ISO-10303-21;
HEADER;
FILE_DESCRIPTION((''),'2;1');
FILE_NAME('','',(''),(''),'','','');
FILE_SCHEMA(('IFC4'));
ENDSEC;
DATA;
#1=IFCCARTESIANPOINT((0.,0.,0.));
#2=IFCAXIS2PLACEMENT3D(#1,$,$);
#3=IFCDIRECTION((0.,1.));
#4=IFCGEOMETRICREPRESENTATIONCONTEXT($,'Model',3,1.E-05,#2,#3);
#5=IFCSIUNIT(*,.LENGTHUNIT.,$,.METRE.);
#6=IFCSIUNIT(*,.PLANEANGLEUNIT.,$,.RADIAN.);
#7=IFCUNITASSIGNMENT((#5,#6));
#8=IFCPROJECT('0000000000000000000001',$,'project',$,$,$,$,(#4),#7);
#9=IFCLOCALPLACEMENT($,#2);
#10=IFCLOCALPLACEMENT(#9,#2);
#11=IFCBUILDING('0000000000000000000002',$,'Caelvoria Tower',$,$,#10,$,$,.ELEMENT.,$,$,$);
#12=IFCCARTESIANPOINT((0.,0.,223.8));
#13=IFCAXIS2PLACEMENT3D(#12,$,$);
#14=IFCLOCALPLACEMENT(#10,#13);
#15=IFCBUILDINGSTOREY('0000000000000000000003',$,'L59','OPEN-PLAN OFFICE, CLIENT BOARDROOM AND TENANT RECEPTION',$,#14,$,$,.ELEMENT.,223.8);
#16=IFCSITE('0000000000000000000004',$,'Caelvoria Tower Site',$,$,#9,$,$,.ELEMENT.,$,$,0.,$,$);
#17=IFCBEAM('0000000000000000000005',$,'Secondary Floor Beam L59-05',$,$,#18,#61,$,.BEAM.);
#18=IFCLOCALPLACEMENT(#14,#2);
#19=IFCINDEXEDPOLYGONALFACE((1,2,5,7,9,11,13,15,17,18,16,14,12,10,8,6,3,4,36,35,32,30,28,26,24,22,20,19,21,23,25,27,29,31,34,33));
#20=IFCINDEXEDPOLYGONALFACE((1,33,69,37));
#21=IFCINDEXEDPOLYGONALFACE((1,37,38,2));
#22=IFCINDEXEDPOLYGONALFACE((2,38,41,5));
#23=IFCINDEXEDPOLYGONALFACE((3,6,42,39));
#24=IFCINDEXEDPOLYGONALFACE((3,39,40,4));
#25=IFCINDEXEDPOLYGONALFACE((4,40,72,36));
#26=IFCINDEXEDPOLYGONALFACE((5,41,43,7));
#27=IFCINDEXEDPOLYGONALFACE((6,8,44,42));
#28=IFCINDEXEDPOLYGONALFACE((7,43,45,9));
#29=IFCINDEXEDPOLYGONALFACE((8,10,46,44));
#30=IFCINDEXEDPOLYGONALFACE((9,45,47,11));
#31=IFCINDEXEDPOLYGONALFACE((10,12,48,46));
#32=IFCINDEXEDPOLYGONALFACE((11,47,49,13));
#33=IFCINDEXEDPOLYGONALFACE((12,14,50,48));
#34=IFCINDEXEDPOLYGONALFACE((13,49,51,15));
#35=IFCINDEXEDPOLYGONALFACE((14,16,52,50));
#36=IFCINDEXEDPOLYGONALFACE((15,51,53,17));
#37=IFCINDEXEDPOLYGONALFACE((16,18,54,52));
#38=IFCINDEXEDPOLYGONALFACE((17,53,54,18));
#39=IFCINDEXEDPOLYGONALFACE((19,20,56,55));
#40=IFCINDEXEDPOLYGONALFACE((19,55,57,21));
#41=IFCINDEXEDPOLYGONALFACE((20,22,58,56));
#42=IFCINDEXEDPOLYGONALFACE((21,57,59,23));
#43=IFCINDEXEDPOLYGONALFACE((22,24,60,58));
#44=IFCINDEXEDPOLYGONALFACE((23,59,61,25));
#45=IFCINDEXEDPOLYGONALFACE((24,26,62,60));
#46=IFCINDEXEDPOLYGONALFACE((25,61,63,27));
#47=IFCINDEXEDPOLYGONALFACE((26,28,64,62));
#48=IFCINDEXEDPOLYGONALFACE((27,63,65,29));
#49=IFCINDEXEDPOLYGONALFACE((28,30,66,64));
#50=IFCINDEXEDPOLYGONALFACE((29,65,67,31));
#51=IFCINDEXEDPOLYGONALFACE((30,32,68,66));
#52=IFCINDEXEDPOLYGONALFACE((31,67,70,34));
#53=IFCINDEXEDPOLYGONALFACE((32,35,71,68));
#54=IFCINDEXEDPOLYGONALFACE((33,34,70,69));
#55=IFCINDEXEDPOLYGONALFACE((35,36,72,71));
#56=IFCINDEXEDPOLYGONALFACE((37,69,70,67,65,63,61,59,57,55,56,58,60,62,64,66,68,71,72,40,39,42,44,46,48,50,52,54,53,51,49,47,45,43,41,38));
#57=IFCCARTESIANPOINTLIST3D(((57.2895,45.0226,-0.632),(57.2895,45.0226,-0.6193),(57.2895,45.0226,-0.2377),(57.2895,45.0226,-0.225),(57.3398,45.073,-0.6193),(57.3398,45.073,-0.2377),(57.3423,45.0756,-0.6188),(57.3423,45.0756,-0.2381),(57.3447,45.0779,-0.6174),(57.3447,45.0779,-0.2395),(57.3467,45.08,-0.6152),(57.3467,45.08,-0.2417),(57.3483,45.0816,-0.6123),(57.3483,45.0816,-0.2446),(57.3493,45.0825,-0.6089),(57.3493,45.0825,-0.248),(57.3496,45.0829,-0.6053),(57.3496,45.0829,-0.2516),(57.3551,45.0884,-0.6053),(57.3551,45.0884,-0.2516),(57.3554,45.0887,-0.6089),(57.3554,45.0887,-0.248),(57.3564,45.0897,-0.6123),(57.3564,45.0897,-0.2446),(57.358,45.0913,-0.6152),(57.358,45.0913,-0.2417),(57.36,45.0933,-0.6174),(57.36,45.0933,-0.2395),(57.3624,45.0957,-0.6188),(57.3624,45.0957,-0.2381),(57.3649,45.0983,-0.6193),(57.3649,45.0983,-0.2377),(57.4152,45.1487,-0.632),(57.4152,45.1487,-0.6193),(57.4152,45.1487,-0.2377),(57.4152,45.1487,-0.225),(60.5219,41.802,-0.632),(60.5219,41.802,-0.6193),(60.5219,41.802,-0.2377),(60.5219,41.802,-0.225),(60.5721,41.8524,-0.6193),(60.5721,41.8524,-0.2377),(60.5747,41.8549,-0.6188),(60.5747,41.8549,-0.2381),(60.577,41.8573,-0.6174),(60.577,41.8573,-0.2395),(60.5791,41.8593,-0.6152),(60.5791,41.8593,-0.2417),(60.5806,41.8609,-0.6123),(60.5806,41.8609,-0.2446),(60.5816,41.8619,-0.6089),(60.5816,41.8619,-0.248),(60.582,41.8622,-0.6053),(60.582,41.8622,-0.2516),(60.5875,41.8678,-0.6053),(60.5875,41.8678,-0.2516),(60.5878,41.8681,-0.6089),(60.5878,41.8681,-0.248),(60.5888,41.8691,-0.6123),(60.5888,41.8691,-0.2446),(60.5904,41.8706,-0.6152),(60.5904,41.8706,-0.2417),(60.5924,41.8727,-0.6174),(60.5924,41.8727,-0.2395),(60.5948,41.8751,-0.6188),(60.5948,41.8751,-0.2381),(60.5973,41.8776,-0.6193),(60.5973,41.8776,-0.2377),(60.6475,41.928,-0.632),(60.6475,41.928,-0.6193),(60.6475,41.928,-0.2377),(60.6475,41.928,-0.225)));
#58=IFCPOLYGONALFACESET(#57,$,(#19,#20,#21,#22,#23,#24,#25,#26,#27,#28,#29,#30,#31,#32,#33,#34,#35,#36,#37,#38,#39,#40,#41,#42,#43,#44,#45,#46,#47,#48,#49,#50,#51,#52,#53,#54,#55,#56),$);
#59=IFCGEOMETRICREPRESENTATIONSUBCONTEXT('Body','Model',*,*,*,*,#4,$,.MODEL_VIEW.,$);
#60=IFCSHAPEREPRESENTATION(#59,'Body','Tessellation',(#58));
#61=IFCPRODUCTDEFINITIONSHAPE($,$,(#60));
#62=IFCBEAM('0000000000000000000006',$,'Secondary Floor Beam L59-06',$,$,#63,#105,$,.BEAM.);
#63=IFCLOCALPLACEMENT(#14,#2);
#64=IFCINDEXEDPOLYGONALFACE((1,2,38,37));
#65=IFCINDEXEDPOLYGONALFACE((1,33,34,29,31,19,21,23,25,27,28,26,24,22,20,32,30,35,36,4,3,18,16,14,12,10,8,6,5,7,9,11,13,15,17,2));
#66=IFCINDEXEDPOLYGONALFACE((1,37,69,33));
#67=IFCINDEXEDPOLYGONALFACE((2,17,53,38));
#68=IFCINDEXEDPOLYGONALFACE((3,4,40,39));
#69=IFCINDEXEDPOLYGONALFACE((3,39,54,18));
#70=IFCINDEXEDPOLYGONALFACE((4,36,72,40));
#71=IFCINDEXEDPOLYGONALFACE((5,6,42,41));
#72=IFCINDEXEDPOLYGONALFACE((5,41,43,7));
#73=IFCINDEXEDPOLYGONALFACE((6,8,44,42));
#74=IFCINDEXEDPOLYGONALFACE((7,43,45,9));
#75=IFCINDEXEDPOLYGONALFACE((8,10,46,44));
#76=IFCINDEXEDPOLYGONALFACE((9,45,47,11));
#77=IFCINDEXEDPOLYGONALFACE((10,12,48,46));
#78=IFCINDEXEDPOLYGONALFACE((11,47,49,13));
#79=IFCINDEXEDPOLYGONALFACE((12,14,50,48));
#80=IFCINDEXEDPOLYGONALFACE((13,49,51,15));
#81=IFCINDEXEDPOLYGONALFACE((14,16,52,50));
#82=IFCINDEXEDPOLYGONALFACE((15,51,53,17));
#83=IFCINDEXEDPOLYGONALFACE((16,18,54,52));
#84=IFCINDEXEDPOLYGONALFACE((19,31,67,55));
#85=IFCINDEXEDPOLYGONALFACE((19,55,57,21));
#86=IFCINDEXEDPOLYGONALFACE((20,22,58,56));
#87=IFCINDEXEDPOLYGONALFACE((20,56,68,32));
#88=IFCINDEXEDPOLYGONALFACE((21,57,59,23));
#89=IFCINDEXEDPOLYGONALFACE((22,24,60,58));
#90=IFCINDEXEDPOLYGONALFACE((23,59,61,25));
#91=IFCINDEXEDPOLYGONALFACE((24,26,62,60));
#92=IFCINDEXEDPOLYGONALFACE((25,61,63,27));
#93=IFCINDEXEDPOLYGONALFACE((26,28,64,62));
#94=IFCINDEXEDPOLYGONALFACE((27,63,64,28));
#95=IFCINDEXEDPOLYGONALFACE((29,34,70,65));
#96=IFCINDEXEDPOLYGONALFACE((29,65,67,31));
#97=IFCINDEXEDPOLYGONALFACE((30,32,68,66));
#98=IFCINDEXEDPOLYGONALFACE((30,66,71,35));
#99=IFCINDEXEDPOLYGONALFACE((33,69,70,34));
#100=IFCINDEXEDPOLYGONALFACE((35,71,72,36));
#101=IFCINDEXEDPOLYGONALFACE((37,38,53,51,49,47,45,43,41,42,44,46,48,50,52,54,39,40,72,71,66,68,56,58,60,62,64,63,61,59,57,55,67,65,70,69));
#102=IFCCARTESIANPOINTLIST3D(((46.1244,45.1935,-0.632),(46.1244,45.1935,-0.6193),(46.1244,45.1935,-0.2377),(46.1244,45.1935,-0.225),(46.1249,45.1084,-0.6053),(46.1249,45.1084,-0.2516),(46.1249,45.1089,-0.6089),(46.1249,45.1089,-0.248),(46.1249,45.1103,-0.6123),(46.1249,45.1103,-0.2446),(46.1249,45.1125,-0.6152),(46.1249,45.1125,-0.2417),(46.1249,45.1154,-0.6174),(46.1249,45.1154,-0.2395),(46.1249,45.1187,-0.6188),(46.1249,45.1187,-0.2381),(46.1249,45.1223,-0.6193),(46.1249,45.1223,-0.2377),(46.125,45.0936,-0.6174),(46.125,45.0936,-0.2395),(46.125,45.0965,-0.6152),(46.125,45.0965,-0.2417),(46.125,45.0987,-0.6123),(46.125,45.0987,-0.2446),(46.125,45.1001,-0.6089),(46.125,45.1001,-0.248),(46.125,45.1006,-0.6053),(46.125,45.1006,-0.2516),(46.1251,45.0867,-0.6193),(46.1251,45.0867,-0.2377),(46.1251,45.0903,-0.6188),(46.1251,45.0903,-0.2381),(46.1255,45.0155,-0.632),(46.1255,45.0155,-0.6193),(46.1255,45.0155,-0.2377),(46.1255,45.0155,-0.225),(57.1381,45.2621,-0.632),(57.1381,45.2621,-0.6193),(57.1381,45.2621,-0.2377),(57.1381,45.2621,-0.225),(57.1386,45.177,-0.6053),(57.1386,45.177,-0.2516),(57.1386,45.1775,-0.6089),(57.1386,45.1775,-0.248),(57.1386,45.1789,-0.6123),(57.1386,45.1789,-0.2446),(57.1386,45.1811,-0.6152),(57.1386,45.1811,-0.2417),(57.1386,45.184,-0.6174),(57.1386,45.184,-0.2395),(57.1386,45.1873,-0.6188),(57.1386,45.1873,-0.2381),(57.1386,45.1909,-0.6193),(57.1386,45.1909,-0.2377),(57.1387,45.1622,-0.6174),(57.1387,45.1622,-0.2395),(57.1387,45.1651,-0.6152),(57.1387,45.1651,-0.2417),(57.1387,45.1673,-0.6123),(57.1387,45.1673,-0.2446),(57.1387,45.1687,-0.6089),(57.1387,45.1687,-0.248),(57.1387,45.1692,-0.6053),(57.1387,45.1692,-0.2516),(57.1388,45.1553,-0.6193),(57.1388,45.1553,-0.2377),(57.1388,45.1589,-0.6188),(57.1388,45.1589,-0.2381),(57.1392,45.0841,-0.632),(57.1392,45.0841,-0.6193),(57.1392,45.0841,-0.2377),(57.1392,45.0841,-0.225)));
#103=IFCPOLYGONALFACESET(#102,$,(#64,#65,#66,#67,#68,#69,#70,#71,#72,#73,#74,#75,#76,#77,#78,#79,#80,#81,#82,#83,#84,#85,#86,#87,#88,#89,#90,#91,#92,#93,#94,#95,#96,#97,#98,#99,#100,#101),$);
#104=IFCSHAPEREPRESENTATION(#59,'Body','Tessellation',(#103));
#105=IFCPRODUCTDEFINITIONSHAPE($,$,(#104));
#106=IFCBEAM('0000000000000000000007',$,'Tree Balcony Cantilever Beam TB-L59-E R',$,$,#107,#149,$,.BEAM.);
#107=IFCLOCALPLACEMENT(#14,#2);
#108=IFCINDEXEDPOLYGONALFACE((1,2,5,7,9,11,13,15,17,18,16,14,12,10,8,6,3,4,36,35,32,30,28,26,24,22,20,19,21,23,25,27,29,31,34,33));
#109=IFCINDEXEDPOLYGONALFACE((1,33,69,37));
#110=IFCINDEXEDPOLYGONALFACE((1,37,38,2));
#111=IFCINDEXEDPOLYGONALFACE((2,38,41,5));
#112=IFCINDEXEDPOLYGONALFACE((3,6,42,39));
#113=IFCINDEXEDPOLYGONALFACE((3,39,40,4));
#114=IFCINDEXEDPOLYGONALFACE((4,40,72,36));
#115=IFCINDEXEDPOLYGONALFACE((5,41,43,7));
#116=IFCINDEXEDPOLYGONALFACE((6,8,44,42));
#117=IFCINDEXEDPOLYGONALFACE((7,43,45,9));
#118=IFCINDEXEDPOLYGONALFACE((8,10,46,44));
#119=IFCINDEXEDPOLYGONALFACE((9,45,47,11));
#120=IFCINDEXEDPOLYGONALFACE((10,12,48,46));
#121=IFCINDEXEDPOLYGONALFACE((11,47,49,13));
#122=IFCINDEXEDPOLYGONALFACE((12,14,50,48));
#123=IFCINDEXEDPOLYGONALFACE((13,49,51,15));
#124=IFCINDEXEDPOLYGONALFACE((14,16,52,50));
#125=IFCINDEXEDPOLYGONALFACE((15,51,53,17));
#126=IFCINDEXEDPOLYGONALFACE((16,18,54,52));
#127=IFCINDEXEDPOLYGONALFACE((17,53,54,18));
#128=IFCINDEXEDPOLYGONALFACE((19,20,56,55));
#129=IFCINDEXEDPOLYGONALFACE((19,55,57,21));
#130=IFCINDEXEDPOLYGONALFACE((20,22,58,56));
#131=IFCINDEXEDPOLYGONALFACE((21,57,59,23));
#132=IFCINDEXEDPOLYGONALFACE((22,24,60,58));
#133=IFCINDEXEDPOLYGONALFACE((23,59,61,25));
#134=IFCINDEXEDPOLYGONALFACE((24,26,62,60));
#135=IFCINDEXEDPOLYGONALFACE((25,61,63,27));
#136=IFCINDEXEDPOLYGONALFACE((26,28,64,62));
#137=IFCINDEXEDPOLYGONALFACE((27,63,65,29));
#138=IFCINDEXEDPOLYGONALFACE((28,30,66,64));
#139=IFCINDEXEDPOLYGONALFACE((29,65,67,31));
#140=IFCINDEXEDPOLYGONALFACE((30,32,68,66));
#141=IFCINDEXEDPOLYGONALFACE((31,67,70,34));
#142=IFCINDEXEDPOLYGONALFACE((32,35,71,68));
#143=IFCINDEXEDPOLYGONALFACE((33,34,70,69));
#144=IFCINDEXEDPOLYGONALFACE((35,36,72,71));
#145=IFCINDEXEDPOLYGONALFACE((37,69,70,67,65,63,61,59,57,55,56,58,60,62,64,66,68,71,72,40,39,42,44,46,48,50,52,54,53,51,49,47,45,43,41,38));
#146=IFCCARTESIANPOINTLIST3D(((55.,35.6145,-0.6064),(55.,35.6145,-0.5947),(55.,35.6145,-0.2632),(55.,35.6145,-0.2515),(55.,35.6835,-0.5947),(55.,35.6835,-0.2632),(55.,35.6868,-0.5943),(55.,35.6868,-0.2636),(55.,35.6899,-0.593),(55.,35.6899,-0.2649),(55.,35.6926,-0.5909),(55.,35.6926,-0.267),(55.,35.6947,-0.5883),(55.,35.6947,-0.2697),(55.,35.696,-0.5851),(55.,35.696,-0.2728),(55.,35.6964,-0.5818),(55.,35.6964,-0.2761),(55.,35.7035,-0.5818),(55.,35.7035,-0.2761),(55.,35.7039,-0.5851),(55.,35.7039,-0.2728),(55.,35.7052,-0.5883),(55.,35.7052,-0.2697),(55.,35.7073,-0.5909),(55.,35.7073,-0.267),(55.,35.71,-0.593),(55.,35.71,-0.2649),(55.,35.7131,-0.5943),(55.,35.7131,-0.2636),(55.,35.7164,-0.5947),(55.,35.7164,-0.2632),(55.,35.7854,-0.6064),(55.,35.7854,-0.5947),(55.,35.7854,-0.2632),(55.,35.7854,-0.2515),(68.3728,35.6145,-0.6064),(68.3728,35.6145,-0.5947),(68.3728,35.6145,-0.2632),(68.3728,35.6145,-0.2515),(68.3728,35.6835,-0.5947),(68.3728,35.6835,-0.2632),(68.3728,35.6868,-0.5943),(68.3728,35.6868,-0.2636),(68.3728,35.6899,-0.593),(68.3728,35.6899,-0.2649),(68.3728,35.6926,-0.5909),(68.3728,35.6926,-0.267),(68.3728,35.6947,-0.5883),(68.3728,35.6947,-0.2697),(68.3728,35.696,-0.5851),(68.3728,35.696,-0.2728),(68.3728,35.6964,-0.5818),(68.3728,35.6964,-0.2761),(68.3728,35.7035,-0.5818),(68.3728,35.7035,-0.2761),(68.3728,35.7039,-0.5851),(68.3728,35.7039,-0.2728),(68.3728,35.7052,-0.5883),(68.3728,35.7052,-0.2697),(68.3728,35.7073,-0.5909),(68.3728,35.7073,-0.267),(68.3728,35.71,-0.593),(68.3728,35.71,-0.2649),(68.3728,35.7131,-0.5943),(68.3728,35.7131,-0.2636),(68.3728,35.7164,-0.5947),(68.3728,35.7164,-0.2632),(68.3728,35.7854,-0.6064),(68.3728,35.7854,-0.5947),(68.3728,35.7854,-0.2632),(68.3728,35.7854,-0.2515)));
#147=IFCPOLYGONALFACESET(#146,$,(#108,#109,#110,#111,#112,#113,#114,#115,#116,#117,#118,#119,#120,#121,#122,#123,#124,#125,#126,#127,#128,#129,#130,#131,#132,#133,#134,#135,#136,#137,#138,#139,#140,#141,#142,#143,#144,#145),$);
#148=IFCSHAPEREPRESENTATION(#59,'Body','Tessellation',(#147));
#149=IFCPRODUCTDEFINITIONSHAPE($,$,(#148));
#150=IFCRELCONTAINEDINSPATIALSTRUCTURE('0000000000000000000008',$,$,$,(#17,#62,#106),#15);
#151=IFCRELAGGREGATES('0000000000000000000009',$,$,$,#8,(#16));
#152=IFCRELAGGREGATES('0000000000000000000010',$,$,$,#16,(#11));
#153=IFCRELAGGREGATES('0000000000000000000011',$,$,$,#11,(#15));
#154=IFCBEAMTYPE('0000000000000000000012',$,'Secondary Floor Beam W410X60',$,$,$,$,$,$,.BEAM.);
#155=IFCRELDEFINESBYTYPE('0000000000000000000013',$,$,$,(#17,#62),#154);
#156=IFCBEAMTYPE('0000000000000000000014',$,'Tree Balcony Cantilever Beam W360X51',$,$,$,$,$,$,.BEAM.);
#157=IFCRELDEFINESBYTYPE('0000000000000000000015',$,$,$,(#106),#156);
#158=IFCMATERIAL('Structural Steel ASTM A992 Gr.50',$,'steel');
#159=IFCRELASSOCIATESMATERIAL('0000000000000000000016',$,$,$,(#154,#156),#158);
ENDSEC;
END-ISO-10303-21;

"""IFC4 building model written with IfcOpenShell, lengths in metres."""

from ifc_helpers import new_model, si_unit, direction, frame, origin, origin_2d, place, context, subcontext, project, spatial, i_section, extrude, material, material_profile, profile_set, type_object, element, save


model = new_model("IFC4")

# Units and contexts
model_context = context("Model", 3, precision=1e-05, world=origin(), true_north=direction((0.0, 1.0)))
body_context = subcontext(model_context, "Body", "Model", "MODEL_VIEW")
ifc_project = project(units=[si_unit("LENGTHUNIT", "METRE"), si_unit("PLANEANGLEUNIT", "RADIAN")], contexts=[model_context])

# Site, building, storey
site_placement = place(None, origin())
site = spatial("IfcSite", under=ifc_project, at=site_placement, Name="Caelvoria Tower Site", CompositionType="ELEMENT", RefElevation=0.0)
building_placement = place(site_placement, origin())
building = spatial("IfcBuilding", under=site, at=building_placement, Name="Caelvoria Tower", CompositionType="ELEMENT")
storey_placement = place(building_placement, frame((0.0, 0.0, 223.8)))
storey = spatial("IfcBuildingStorey", under=building, at=storey_placement, Name="L59", Description="OPEN-PLAN OFFICE, CLIENT BOARDROOM AND TENANT RECEPTION", CompositionType="ELEMENT", Elevation=223.8)

# Beams
ifc_material_1 = material(Name="Structural Steel ASTM A992 Gr.50", Category="steel")
ifc_material_profile_1 = material_profile(ifc_material_1, i_section(OverallWidth=0.178, OverallDepth=0.407, WebThickness=0.0078, FlangeThickness=0.0127, FilletRadius=0.0139, at=origin_2d()), Name="Structural Steel ASTM A992 Gr.50")
ifc_profile_set_1 = profile_set([ifc_material_profile_1], Name="W410X60 - Structural Steel ASTM A992 Gr.50")
beam_type_1 = type_object("IfcBeamType", Name="Secondary Floor Beam W410X60", PredefinedType="BEAM", material=ifc_profile_set_1)
beam_1_placement = place(storey_placement, frame((60.5847, 41.865, -0.4285), z_axis=(-0.70839, 0.705822, 0.0), x_axis=(-0.705822, -0.70839, 0.0)))
element("IfcBeam", 1, at=beam_1_placement, inside=storey, type_object=beam_type_1, Name="Secondary Floor Beam L59-05", PredefinedType="BEAM", context=body_context, shape_type="SweptSolid", body=[
    extrude(i_section(OverallWidth=0.178, OverallDepth=0.407, WebThickness=0.0078, FlangeThickness=0.0127, FilletRadius=0.0139, at=origin_2d()), origin(), (0.0, 0.0, 1.0), 4.563),
])
beam_2_placement = place(storey_placement, frame((57.1387, 45.1731, -0.4285), z_axis=(-0.999981, -0.006229, 0.0), x_axis=(0.006229, -0.999981, 0.0)))
element("IfcBeam", 2, at=beam_2_placement, inside=storey, type_object=beam_type_1, Name="Secondary Floor Beam L59-06", PredefinedType="BEAM", context=body_context, shape_type="SweptSolid", body=[
    extrude(i_section(OverallWidth=0.178, OverallDepth=0.407, WebThickness=0.0078, FlangeThickness=0.0127, FilletRadius=0.0139, at=origin_2d()), origin(), (0.0, 0.0, 1.0), 11.0139),
])
ifc_material_profile_2 = material_profile(ifc_material_1, i_section(OverallWidth=0.1709, OverallDepth=0.355, WebThickness=0.0071, FlangeThickness=0.0117, FilletRadius=0.0129, at=origin_2d()), Name="Structural Steel ASTM A992 Gr.50")
ifc_profile_set_2 = profile_set([ifc_material_profile_2], Name="W360X51 - Structural Steel ASTM A992 Gr.50")
beam_type_2 = type_object("IfcBeamType", Name="Tree Balcony Cantilever Beam W360X51", PredefinedType="BEAM", material=ifc_profile_set_2)
beam_3_placement = place(storey_placement, frame((55.0, 35.7, -0.429), z_axis=(1.0, 0.0, 0.0), x_axis=(0.0, 1.0, 0.0)))
element("IfcBeam", 3, at=beam_3_placement, inside=storey, type_object=beam_type_2, Name="Tree Balcony Cantilever Beam TB-L59-E R", PredefinedType="BEAM", context=body_context, shape_type="SweptSolid", body=[
    extrude(i_section(OverallWidth=0.1709, OverallDepth=0.355, WebThickness=0.0071, FlangeThickness=0.0117, FilletRadius=0.0129, at=origin_2d()), origin(), (0.0, 0.0, 1.0), 13.3728),
])

save(model, "model.ifc")
